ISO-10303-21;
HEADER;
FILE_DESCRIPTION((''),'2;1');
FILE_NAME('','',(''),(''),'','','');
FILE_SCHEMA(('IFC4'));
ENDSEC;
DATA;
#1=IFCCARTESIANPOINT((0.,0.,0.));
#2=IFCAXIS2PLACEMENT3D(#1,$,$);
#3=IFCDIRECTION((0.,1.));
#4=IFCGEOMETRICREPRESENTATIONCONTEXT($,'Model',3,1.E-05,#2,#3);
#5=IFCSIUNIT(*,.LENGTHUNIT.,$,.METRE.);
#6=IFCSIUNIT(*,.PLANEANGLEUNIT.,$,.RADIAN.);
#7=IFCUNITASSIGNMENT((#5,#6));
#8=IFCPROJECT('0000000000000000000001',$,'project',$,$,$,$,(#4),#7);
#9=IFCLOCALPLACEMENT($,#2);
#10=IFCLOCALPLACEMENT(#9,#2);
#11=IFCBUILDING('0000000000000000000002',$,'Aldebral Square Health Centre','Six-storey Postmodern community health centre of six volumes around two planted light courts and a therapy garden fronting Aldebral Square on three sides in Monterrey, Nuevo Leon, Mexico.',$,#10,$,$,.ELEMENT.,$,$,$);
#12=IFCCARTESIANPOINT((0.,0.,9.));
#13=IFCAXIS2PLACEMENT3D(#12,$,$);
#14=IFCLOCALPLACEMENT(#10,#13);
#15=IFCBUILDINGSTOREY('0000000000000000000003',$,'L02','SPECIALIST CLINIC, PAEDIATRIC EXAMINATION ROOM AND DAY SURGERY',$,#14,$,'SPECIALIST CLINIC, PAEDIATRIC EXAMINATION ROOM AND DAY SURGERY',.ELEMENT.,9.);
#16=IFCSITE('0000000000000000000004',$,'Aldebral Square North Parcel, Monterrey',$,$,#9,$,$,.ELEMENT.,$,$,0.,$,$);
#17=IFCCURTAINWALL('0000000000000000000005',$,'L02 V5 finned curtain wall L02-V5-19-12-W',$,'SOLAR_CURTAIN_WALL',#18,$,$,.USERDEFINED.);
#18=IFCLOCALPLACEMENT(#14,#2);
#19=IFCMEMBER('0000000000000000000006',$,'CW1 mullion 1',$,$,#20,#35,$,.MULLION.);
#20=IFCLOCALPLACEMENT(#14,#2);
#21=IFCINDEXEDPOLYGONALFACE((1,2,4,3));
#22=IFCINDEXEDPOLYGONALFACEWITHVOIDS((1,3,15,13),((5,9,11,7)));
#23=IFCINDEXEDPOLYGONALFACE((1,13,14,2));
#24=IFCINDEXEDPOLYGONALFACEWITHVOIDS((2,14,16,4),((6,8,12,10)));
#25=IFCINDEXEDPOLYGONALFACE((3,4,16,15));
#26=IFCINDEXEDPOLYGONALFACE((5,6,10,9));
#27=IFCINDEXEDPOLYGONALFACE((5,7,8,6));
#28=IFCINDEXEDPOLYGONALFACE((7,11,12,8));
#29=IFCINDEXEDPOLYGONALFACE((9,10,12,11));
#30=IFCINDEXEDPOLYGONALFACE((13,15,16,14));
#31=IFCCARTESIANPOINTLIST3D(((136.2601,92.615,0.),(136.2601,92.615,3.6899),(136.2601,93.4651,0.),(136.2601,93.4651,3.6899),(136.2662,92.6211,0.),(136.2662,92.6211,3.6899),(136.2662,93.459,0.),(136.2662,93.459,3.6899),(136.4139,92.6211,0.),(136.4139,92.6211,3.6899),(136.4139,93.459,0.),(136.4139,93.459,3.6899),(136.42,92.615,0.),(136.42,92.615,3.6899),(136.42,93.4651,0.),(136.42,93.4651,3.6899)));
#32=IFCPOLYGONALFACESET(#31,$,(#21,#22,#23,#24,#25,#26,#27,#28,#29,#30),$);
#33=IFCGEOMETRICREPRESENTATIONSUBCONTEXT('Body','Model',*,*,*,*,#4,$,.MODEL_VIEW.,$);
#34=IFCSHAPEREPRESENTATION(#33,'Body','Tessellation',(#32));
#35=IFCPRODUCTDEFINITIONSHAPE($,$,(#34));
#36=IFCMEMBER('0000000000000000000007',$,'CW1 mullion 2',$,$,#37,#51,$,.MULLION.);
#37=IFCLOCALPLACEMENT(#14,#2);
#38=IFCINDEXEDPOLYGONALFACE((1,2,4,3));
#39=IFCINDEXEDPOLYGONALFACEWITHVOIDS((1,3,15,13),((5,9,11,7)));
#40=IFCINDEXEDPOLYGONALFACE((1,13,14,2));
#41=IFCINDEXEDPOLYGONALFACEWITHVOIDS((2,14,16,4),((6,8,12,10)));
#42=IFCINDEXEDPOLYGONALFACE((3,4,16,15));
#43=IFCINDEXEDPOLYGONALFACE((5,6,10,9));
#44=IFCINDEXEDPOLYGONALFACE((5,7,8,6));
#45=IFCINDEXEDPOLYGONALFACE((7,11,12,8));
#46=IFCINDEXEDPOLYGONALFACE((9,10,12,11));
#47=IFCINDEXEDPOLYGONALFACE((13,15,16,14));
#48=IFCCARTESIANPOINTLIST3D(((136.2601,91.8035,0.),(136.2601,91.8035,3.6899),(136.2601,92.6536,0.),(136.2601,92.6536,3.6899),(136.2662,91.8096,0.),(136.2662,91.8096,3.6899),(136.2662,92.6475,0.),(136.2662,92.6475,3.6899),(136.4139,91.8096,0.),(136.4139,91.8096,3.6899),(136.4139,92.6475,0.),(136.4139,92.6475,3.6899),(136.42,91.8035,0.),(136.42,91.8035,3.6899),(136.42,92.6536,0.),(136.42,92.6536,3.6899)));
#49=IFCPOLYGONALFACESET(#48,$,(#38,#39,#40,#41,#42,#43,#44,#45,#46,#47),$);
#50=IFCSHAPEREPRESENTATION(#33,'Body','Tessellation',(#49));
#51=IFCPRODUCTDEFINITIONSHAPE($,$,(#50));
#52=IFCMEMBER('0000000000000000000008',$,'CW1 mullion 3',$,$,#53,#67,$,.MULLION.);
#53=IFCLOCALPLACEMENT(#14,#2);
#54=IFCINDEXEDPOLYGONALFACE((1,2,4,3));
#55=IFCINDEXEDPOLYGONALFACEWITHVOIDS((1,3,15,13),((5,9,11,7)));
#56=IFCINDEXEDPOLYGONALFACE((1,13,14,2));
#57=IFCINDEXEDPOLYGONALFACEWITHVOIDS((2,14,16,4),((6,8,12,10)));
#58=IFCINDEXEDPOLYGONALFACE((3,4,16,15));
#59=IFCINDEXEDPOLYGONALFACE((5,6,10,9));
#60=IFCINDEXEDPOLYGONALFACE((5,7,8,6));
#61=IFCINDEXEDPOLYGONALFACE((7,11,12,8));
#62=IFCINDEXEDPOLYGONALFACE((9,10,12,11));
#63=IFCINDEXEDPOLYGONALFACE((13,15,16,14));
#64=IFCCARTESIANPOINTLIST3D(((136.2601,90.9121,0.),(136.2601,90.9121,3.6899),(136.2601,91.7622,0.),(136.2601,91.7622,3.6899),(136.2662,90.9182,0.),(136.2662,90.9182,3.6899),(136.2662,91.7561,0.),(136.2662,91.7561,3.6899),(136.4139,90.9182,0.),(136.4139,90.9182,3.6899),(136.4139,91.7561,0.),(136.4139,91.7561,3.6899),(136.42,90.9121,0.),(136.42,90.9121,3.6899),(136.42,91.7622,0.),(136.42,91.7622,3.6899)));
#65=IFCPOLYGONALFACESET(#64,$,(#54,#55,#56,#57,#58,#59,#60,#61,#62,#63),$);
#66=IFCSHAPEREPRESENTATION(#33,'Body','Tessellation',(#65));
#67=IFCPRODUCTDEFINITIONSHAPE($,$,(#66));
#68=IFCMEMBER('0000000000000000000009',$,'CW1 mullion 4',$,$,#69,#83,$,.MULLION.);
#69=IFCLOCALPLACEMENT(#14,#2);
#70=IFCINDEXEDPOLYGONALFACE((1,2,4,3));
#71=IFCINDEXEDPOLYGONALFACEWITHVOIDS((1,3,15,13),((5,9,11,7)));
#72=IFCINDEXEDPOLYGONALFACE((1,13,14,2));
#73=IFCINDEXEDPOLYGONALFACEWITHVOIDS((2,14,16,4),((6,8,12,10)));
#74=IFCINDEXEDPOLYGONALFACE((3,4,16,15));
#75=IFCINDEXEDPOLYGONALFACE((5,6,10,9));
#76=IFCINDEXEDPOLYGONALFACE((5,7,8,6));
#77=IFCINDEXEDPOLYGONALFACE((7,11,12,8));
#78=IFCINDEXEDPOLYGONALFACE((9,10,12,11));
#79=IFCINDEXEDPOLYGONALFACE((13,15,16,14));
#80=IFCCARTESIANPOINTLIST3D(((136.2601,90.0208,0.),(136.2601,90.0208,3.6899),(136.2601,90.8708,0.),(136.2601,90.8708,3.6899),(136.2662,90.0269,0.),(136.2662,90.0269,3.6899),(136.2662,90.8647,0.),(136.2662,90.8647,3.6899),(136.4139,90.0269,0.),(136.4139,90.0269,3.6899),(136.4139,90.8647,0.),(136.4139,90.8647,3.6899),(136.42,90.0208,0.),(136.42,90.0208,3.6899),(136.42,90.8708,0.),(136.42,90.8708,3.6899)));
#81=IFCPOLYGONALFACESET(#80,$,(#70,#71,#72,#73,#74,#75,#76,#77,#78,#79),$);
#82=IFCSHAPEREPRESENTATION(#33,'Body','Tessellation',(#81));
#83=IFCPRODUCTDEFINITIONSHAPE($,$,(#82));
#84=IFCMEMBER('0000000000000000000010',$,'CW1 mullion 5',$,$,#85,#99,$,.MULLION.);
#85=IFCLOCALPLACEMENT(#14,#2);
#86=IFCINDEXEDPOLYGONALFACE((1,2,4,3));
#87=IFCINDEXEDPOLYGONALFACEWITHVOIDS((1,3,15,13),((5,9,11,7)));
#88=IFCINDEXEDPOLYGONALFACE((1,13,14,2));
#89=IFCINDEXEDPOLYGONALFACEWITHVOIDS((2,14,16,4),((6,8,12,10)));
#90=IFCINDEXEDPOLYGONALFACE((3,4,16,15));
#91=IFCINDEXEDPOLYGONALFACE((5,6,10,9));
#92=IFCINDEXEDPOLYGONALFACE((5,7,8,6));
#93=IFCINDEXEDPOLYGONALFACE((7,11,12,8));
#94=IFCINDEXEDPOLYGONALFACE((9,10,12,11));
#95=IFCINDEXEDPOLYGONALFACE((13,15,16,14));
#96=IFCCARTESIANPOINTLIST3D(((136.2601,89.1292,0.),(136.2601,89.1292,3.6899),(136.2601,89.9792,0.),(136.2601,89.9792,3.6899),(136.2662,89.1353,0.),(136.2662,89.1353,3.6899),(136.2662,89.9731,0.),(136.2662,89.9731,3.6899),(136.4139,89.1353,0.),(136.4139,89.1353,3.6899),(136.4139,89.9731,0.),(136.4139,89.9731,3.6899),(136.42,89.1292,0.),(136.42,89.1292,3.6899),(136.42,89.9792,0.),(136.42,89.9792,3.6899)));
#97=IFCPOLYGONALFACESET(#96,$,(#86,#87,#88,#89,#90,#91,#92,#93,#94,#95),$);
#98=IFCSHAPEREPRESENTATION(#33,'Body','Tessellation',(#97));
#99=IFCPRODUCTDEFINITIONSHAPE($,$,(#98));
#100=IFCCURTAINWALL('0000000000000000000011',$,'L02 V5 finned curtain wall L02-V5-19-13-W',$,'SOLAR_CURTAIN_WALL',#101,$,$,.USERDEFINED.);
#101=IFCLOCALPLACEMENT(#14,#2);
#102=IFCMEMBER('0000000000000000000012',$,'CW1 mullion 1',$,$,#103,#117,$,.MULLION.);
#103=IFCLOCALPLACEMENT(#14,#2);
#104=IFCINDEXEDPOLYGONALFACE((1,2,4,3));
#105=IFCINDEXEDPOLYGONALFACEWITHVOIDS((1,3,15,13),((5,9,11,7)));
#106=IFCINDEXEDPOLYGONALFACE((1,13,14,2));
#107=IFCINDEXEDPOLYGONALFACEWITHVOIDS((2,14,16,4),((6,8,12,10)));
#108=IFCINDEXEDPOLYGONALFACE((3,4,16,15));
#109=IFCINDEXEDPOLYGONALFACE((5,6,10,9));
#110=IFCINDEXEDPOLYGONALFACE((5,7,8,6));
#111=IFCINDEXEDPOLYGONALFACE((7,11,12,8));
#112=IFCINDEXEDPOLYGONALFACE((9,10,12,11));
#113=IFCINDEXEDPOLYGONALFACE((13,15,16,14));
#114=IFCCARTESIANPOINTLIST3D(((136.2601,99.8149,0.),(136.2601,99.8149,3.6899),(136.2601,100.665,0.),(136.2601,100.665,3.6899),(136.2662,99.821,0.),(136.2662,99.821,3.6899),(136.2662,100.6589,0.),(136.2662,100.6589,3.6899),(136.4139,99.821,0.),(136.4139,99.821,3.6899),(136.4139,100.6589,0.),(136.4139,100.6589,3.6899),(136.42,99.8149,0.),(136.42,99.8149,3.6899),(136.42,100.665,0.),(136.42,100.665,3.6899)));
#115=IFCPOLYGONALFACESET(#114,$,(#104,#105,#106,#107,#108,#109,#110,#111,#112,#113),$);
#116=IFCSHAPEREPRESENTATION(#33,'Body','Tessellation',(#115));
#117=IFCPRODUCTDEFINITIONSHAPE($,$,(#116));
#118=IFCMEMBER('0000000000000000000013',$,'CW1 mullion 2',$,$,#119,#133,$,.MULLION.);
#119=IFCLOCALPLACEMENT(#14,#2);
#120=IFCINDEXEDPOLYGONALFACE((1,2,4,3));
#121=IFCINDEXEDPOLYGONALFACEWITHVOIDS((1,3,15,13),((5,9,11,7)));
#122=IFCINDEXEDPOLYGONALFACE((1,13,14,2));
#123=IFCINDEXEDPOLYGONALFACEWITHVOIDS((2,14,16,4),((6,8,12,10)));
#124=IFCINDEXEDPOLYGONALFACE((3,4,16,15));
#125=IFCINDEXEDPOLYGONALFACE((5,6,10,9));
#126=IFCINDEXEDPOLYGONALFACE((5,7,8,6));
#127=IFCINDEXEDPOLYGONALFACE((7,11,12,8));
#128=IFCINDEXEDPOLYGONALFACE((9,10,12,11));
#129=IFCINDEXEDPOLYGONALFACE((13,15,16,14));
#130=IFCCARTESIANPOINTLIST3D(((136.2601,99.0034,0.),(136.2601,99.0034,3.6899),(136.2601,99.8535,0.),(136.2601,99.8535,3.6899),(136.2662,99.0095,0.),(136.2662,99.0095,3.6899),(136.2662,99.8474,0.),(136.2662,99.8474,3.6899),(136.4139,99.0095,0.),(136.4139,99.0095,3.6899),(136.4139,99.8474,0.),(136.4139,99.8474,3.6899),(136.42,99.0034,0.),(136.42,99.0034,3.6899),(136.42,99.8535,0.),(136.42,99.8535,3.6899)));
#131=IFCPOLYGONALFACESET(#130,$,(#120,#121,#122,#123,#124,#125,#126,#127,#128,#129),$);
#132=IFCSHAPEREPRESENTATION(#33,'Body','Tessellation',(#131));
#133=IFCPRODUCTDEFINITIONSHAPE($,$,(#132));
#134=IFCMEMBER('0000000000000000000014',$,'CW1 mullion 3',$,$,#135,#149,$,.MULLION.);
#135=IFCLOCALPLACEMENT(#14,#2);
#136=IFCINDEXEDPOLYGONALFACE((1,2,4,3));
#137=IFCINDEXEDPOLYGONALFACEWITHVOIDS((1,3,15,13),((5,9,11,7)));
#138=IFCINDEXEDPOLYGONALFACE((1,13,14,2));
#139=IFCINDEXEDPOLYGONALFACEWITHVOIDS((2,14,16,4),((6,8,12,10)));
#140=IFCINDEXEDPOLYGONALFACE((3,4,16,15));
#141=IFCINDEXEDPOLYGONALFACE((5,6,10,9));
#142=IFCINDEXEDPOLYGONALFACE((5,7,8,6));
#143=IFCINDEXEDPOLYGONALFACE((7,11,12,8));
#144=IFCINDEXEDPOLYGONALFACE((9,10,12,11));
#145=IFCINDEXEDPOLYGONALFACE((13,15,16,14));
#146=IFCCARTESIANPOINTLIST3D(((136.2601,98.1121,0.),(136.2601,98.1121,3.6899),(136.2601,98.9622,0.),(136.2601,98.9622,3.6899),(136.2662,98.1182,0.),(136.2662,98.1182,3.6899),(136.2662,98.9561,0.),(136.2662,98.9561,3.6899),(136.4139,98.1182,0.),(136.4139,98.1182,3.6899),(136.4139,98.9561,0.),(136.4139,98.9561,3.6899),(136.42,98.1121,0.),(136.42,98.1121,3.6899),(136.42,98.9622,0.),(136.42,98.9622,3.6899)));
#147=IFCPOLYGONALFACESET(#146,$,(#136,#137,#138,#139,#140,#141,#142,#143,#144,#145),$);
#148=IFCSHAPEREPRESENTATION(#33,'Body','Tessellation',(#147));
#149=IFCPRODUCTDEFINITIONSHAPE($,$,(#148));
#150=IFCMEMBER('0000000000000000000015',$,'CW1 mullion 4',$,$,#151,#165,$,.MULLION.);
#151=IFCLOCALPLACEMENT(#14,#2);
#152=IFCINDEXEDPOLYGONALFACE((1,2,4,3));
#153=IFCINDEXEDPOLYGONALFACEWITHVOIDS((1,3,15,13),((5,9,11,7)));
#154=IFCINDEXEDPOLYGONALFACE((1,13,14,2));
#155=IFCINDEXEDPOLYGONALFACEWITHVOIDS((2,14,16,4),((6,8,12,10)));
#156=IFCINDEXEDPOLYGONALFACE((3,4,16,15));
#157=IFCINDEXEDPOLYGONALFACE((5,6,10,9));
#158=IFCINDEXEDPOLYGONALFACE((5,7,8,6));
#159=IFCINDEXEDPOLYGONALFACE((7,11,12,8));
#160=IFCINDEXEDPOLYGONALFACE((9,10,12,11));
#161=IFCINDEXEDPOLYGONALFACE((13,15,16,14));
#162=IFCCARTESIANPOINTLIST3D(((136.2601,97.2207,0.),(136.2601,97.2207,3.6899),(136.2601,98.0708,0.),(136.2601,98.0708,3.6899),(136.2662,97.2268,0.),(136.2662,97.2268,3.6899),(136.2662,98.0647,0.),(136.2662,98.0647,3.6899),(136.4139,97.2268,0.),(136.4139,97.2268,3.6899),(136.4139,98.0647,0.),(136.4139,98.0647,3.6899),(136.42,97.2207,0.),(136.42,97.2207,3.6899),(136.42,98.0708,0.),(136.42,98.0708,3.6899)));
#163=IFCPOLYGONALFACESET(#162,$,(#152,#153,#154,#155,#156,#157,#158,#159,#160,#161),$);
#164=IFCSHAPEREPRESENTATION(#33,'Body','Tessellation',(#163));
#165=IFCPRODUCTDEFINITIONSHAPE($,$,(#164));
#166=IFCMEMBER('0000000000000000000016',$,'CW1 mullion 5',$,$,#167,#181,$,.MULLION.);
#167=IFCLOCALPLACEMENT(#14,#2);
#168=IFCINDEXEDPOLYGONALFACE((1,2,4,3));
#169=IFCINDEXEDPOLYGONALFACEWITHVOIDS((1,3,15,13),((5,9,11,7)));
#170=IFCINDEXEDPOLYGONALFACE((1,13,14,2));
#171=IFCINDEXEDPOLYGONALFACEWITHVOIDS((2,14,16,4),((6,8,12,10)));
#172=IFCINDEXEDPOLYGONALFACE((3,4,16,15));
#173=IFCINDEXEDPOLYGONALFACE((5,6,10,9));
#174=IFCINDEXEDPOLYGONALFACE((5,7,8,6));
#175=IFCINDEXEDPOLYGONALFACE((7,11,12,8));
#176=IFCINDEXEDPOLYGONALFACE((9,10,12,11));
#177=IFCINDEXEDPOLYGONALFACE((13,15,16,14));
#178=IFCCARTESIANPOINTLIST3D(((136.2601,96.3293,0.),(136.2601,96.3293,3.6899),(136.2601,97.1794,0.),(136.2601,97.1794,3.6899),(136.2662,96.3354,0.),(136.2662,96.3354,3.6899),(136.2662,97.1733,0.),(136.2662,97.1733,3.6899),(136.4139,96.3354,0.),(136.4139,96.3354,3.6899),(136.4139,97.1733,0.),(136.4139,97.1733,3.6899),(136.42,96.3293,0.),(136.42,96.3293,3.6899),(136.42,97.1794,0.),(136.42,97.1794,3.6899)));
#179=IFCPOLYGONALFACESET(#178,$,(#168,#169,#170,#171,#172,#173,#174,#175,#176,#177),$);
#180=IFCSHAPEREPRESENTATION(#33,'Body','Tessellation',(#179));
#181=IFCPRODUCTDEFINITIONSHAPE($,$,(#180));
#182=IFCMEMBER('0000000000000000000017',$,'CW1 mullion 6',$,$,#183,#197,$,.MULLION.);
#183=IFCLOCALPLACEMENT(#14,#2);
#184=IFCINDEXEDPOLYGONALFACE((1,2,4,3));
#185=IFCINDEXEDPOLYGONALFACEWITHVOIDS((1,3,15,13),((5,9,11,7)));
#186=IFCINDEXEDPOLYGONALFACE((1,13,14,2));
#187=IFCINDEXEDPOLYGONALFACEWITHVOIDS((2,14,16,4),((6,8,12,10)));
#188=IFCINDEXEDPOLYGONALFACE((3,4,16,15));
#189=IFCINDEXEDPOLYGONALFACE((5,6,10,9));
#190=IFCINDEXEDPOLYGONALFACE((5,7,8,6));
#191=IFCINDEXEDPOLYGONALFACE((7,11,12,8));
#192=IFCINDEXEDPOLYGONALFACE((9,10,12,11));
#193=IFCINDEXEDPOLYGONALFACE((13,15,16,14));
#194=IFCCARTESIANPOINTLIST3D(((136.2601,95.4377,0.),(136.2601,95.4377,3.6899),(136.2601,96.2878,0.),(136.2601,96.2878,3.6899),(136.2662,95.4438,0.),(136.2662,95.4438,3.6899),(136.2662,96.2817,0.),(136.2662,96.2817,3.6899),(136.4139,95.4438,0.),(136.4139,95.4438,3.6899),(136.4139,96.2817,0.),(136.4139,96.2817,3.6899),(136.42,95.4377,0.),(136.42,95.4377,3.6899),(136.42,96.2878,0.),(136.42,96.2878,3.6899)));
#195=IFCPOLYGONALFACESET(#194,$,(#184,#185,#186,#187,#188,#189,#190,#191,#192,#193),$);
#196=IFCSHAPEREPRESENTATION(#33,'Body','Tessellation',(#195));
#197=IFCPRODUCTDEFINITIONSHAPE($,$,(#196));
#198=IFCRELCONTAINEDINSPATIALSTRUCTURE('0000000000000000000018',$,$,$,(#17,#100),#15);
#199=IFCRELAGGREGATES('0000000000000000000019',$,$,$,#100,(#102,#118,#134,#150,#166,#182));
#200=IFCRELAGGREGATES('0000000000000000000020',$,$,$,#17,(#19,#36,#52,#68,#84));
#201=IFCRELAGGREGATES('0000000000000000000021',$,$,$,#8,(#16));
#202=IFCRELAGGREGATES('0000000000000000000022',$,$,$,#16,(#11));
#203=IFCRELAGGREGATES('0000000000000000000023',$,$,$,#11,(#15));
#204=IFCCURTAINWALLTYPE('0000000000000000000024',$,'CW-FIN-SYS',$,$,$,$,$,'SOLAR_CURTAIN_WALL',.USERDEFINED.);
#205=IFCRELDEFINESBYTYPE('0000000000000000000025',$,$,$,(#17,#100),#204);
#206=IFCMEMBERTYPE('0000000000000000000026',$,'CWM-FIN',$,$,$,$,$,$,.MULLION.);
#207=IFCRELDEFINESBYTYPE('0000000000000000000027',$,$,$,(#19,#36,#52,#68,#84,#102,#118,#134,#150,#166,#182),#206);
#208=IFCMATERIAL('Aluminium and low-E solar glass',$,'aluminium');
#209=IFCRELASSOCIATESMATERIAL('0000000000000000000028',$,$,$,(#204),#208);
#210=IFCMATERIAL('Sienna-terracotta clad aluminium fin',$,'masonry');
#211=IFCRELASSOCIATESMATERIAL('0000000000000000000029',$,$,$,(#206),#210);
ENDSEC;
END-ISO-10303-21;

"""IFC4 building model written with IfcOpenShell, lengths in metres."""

from ifc_helpers import new_model, si_unit, direction, frame, origin, origin_2d, place, context, subcontext, project, spatial, hollow_rectangle, extrude, material, material_profile, profile_set, type_object, element, aggregate, save


model = new_model("IFC4")

# Units and contexts
model_context = context("Model", 3, precision=1e-05, world=origin(), true_north=direction((0.0, 1.0)))
body_context = subcontext(model_context, "Body", "Model", "MODEL_VIEW")
ifc_project = project(units=[si_unit("LENGTHUNIT", "METRE"), si_unit("PLANEANGLEUNIT", "RADIAN")], contexts=[model_context])

# Site, building, storey
site_placement = place(None, origin())
site = spatial("IfcSite", under=ifc_project, at=site_placement, Name="Aldebral Square North Parcel, Monterrey", CompositionType="ELEMENT", RefElevation=0.0)
building_placement = place(site_placement, origin())
building = spatial("IfcBuilding", under=site, at=building_placement, Name="Aldebral Square Health Centre", Description="Six-storey Postmodern community health centre of six volumes around two planted light courts and a therapy garden fronting Aldebral Square on three sides in Monterrey, Nuevo Leon, Mexico.", CompositionType="ELEMENT")
storey_placement = place(building_placement, frame((0.0, 0.0, 9.0)))
storey = spatial("IfcBuildingStorey", under=building, at=storey_placement, Name="L02", Description="SPECIALIST CLINIC, PAEDIATRIC EXAMINATION ROOM AND DAY SURGERY", LongName="SPECIALIST CLINIC, PAEDIATRIC EXAMINATION ROOM AND DAY SURGERY", CompositionType="ELEMENT", Elevation=9.0)

# Curtain walls, members
ifc_material_1 = material(Name="Aluminium and low-E solar glass", Category="aluminium")
curtain_wall_type = type_object("IfcCurtainWallType", Name="CW-FIN-SYS", ElementType="SOLAR_CURTAIN_WALL", PredefinedType="USERDEFINED", material=ifc_material_1)
curtain_wall_1_placement = place(storey_placement, origin())
curtain_wall_1 = element("IfcCurtainWall", 1, at=curtain_wall_1_placement, inside=storey, type_object=curtain_wall_type, Name="L02 V5 finned curtain wall L02-V5-19-12-W", ObjectType="SOLAR_CURTAIN_WALL", PredefinedType="USERDEFINED")
ifc_material_2 = material(Name="Sienna-terracotta clad aluminium fin", Category="masonry")
ifc_material_profile_1 = material_profile(ifc_material_2, hollow_rectangle(XDim=0.1599, YDim=0.8501, WallThickness=0.0061, at=origin_2d()), Name="FIN 160x850x6")
ifc_profile_set_1 = profile_set([ifc_material_profile_1], Name="Sienna-terracotta clad aluminium fin")
member_type_1 = type_object("IfcMemberType", Name="CWM-FIN", PredefinedType="MULLION", material=ifc_profile_set_1)
member_1_placement = place(storey_placement, frame((136.3401, 93.04, 0.0), z_axis=(0.0, 0.0, 1.0), x_axis=(1.0, 0.0, 0.0)))
member_1 = element("IfcMember", 2, at=member_1_placement, type_object=member_type_1, Name="CW1 mullion 1", PredefinedType="MULLION", context=body_context, shape_type="SweptSolid", body=[
    extrude(hollow_rectangle(XDim=0.1599, YDim=0.8501, WallThickness=0.0061, at=origin_2d()), origin(), (0.0, 0.0, 1.0), 3.6899),
])
member_2_placement = place(storey_placement, frame((136.3401, 92.2285, 0.0), z_axis=(0.0, 0.0, 1.0), x_axis=(1.0, 0.0, 0.0)))
member_2 = element("IfcMember", 3, at=member_2_placement, type_object=member_type_1, Name="CW1 mullion 2", PredefinedType="MULLION", context=body_context, shape_type="SweptSolid", body=[
    extrude(hollow_rectangle(XDim=0.1599, YDim=0.8501, WallThickness=0.0061, at=origin_2d()), origin(), (0.0, 0.0, 1.0), 3.6899),
])
member_3_placement = place(storey_placement, frame((136.3401, 91.3372, 0.0), z_axis=(0.0, 0.0, 1.0), x_axis=(1.0, 0.0, 0.0)))
member_3 = element("IfcMember", 4, at=member_3_placement, type_object=member_type_1, Name="CW1 mullion 3", PredefinedType="MULLION", context=body_context, shape_type="SweptSolid", body=[
    extrude(hollow_rectangle(XDim=0.1599, YDim=0.8501, WallThickness=0.0061, at=origin_2d()), origin(), (0.0, 0.0, 1.0), 3.6899),
])
member_4_placement = place(storey_placement, frame((136.3401, 90.4458, 0.0), z_axis=(0.0, 0.0, 1.0), x_axis=(1.0, 0.0, 0.0)))
member_4 = element("IfcMember", 5, at=member_4_placement, type_object=member_type_1, Name="CW1 mullion 4", PredefinedType="MULLION", context=body_context, shape_type="SweptSolid", body=[
    extrude(hollow_rectangle(XDim=0.1599, YDim=0.8501, WallThickness=0.0061, at=origin_2d()), origin(), (0.0, 0.0, 1.0), 3.6899),
])
member_5_placement = place(storey_placement, frame((136.3401, 89.5542, 0.0), z_axis=(0.0, 0.0, 1.0), x_axis=(1.0, 0.0, 0.0)))
member_5 = element("IfcMember", 6, at=member_5_placement, type_object=member_type_1, Name="CW1 mullion 5", PredefinedType="MULLION", context=body_context, shape_type="SweptSolid", body=[
    extrude(hollow_rectangle(XDim=0.1599, YDim=0.8501, WallThickness=0.0061, at=origin_2d()), origin(), (0.0, 0.0, 1.0), 3.6899),
])
curtain_wall_2_placement = place(storey_placement, origin())
curtain_wall_2 = element("IfcCurtainWall", 7, at=curtain_wall_2_placement, inside=storey, type_object=curtain_wall_type, Name="L02 V5 finned curtain wall L02-V5-19-13-W", ObjectType="SOLAR_CURTAIN_WALL", PredefinedType="USERDEFINED")
member_6_placement = place(storey_placement, frame((136.3401, 100.24, 0.0), z_axis=(0.0, 0.0, 1.0), x_axis=(1.0, 0.0, 0.0)))
member_6 = element("IfcMember", 8, at=member_6_placement, type_object=member_type_1, Name="CW1 mullion 1", PredefinedType="MULLION", context=body_context, shape_type="SweptSolid", body=[
    extrude(hollow_rectangle(XDim=0.1599, YDim=0.8501, WallThickness=0.0061, at=origin_2d()), origin(), (0.0, 0.0, 1.0), 3.6899),
])
member_7_placement = place(storey_placement, frame((136.3401, 99.4285, 0.0), z_axis=(0.0, 0.0, 1.0), x_axis=(1.0, 0.0, 0.0)))
member_7 = element("IfcMember", 9, at=member_7_placement, type_object=member_type_1, Name="CW1 mullion 2", PredefinedType="MULLION", context=body_context, shape_type="SweptSolid", body=[
    extrude(hollow_rectangle(XDim=0.1599, YDim=0.8501, WallThickness=0.0061, at=origin_2d()), origin(), (0.0, 0.0, 1.0), 3.6899),
])
member_8_placement = place(storey_placement, frame((136.3401, 98.5371, 0.0), z_axis=(0.0, 0.0, 1.0), x_axis=(1.0, 0.0, 0.0)))
member_8 = element("IfcMember", 10, at=member_8_placement, type_object=member_type_1, Name="CW1 mullion 3", PredefinedType="MULLION", context=body_context, shape_type="SweptSolid", body=[
    extrude(hollow_rectangle(XDim=0.1599, YDim=0.8501, WallThickness=0.0061, at=origin_2d()), origin(), (0.0, 0.0, 1.0), 3.6899),
])
member_9_placement = place(storey_placement, frame((136.3401, 97.6458, 0.0), z_axis=(0.0, 0.0, 1.0), x_axis=(1.0, 0.0, 0.0)))
member_9 = element("IfcMember", 11, at=member_9_placement, type_object=member_type_1, Name="CW1 mullion 4", PredefinedType="MULLION", context=body_context, shape_type="SweptSolid", body=[
    extrude(hollow_rectangle(XDim=0.1599, YDim=0.8501, WallThickness=0.0061, at=origin_2d()), origin(), (0.0, 0.0, 1.0), 3.6899),
])
member_10_placement = place(storey_placement, frame((136.3401, 96.7544, 0.0), z_axis=(0.0, 0.0, 1.0), x_axis=(1.0, 0.0, 0.0)))
member_10 = element("IfcMember", 12, at=member_10_placement, type_object=member_type_1, Name="CW1 mullion 5", PredefinedType="MULLION", context=body_context, shape_type="SweptSolid", body=[
    extrude(hollow_rectangle(XDim=0.1599, YDim=0.8501, WallThickness=0.0061, at=origin_2d()), origin(), (0.0, 0.0, 1.0), 3.6899),
])
member_11_placement = place(storey_placement, frame((136.3401, 95.8628, 0.0), z_axis=(0.0, 0.0, 1.0), x_axis=(1.0, 0.0, 0.0)))
member_11 = element("IfcMember", 13, at=member_11_placement, type_object=member_type_1, Name="CW1 mullion 6", PredefinedType="MULLION", context=body_context, shape_type="SweptSolid", body=[
    extrude(hollow_rectangle(XDim=0.1599, YDim=0.8501, WallThickness=0.0061, at=origin_2d()), origin(), (0.0, 0.0, 1.0), 3.6899),
])
aggregate(curtain_wall_2, [member_6, member_7, member_8, member_9, member_10, member_11])

aggregate(curtain_wall_1, [member_1, member_2, member_3, member_4, member_5])

save(model, "model.ifc")
